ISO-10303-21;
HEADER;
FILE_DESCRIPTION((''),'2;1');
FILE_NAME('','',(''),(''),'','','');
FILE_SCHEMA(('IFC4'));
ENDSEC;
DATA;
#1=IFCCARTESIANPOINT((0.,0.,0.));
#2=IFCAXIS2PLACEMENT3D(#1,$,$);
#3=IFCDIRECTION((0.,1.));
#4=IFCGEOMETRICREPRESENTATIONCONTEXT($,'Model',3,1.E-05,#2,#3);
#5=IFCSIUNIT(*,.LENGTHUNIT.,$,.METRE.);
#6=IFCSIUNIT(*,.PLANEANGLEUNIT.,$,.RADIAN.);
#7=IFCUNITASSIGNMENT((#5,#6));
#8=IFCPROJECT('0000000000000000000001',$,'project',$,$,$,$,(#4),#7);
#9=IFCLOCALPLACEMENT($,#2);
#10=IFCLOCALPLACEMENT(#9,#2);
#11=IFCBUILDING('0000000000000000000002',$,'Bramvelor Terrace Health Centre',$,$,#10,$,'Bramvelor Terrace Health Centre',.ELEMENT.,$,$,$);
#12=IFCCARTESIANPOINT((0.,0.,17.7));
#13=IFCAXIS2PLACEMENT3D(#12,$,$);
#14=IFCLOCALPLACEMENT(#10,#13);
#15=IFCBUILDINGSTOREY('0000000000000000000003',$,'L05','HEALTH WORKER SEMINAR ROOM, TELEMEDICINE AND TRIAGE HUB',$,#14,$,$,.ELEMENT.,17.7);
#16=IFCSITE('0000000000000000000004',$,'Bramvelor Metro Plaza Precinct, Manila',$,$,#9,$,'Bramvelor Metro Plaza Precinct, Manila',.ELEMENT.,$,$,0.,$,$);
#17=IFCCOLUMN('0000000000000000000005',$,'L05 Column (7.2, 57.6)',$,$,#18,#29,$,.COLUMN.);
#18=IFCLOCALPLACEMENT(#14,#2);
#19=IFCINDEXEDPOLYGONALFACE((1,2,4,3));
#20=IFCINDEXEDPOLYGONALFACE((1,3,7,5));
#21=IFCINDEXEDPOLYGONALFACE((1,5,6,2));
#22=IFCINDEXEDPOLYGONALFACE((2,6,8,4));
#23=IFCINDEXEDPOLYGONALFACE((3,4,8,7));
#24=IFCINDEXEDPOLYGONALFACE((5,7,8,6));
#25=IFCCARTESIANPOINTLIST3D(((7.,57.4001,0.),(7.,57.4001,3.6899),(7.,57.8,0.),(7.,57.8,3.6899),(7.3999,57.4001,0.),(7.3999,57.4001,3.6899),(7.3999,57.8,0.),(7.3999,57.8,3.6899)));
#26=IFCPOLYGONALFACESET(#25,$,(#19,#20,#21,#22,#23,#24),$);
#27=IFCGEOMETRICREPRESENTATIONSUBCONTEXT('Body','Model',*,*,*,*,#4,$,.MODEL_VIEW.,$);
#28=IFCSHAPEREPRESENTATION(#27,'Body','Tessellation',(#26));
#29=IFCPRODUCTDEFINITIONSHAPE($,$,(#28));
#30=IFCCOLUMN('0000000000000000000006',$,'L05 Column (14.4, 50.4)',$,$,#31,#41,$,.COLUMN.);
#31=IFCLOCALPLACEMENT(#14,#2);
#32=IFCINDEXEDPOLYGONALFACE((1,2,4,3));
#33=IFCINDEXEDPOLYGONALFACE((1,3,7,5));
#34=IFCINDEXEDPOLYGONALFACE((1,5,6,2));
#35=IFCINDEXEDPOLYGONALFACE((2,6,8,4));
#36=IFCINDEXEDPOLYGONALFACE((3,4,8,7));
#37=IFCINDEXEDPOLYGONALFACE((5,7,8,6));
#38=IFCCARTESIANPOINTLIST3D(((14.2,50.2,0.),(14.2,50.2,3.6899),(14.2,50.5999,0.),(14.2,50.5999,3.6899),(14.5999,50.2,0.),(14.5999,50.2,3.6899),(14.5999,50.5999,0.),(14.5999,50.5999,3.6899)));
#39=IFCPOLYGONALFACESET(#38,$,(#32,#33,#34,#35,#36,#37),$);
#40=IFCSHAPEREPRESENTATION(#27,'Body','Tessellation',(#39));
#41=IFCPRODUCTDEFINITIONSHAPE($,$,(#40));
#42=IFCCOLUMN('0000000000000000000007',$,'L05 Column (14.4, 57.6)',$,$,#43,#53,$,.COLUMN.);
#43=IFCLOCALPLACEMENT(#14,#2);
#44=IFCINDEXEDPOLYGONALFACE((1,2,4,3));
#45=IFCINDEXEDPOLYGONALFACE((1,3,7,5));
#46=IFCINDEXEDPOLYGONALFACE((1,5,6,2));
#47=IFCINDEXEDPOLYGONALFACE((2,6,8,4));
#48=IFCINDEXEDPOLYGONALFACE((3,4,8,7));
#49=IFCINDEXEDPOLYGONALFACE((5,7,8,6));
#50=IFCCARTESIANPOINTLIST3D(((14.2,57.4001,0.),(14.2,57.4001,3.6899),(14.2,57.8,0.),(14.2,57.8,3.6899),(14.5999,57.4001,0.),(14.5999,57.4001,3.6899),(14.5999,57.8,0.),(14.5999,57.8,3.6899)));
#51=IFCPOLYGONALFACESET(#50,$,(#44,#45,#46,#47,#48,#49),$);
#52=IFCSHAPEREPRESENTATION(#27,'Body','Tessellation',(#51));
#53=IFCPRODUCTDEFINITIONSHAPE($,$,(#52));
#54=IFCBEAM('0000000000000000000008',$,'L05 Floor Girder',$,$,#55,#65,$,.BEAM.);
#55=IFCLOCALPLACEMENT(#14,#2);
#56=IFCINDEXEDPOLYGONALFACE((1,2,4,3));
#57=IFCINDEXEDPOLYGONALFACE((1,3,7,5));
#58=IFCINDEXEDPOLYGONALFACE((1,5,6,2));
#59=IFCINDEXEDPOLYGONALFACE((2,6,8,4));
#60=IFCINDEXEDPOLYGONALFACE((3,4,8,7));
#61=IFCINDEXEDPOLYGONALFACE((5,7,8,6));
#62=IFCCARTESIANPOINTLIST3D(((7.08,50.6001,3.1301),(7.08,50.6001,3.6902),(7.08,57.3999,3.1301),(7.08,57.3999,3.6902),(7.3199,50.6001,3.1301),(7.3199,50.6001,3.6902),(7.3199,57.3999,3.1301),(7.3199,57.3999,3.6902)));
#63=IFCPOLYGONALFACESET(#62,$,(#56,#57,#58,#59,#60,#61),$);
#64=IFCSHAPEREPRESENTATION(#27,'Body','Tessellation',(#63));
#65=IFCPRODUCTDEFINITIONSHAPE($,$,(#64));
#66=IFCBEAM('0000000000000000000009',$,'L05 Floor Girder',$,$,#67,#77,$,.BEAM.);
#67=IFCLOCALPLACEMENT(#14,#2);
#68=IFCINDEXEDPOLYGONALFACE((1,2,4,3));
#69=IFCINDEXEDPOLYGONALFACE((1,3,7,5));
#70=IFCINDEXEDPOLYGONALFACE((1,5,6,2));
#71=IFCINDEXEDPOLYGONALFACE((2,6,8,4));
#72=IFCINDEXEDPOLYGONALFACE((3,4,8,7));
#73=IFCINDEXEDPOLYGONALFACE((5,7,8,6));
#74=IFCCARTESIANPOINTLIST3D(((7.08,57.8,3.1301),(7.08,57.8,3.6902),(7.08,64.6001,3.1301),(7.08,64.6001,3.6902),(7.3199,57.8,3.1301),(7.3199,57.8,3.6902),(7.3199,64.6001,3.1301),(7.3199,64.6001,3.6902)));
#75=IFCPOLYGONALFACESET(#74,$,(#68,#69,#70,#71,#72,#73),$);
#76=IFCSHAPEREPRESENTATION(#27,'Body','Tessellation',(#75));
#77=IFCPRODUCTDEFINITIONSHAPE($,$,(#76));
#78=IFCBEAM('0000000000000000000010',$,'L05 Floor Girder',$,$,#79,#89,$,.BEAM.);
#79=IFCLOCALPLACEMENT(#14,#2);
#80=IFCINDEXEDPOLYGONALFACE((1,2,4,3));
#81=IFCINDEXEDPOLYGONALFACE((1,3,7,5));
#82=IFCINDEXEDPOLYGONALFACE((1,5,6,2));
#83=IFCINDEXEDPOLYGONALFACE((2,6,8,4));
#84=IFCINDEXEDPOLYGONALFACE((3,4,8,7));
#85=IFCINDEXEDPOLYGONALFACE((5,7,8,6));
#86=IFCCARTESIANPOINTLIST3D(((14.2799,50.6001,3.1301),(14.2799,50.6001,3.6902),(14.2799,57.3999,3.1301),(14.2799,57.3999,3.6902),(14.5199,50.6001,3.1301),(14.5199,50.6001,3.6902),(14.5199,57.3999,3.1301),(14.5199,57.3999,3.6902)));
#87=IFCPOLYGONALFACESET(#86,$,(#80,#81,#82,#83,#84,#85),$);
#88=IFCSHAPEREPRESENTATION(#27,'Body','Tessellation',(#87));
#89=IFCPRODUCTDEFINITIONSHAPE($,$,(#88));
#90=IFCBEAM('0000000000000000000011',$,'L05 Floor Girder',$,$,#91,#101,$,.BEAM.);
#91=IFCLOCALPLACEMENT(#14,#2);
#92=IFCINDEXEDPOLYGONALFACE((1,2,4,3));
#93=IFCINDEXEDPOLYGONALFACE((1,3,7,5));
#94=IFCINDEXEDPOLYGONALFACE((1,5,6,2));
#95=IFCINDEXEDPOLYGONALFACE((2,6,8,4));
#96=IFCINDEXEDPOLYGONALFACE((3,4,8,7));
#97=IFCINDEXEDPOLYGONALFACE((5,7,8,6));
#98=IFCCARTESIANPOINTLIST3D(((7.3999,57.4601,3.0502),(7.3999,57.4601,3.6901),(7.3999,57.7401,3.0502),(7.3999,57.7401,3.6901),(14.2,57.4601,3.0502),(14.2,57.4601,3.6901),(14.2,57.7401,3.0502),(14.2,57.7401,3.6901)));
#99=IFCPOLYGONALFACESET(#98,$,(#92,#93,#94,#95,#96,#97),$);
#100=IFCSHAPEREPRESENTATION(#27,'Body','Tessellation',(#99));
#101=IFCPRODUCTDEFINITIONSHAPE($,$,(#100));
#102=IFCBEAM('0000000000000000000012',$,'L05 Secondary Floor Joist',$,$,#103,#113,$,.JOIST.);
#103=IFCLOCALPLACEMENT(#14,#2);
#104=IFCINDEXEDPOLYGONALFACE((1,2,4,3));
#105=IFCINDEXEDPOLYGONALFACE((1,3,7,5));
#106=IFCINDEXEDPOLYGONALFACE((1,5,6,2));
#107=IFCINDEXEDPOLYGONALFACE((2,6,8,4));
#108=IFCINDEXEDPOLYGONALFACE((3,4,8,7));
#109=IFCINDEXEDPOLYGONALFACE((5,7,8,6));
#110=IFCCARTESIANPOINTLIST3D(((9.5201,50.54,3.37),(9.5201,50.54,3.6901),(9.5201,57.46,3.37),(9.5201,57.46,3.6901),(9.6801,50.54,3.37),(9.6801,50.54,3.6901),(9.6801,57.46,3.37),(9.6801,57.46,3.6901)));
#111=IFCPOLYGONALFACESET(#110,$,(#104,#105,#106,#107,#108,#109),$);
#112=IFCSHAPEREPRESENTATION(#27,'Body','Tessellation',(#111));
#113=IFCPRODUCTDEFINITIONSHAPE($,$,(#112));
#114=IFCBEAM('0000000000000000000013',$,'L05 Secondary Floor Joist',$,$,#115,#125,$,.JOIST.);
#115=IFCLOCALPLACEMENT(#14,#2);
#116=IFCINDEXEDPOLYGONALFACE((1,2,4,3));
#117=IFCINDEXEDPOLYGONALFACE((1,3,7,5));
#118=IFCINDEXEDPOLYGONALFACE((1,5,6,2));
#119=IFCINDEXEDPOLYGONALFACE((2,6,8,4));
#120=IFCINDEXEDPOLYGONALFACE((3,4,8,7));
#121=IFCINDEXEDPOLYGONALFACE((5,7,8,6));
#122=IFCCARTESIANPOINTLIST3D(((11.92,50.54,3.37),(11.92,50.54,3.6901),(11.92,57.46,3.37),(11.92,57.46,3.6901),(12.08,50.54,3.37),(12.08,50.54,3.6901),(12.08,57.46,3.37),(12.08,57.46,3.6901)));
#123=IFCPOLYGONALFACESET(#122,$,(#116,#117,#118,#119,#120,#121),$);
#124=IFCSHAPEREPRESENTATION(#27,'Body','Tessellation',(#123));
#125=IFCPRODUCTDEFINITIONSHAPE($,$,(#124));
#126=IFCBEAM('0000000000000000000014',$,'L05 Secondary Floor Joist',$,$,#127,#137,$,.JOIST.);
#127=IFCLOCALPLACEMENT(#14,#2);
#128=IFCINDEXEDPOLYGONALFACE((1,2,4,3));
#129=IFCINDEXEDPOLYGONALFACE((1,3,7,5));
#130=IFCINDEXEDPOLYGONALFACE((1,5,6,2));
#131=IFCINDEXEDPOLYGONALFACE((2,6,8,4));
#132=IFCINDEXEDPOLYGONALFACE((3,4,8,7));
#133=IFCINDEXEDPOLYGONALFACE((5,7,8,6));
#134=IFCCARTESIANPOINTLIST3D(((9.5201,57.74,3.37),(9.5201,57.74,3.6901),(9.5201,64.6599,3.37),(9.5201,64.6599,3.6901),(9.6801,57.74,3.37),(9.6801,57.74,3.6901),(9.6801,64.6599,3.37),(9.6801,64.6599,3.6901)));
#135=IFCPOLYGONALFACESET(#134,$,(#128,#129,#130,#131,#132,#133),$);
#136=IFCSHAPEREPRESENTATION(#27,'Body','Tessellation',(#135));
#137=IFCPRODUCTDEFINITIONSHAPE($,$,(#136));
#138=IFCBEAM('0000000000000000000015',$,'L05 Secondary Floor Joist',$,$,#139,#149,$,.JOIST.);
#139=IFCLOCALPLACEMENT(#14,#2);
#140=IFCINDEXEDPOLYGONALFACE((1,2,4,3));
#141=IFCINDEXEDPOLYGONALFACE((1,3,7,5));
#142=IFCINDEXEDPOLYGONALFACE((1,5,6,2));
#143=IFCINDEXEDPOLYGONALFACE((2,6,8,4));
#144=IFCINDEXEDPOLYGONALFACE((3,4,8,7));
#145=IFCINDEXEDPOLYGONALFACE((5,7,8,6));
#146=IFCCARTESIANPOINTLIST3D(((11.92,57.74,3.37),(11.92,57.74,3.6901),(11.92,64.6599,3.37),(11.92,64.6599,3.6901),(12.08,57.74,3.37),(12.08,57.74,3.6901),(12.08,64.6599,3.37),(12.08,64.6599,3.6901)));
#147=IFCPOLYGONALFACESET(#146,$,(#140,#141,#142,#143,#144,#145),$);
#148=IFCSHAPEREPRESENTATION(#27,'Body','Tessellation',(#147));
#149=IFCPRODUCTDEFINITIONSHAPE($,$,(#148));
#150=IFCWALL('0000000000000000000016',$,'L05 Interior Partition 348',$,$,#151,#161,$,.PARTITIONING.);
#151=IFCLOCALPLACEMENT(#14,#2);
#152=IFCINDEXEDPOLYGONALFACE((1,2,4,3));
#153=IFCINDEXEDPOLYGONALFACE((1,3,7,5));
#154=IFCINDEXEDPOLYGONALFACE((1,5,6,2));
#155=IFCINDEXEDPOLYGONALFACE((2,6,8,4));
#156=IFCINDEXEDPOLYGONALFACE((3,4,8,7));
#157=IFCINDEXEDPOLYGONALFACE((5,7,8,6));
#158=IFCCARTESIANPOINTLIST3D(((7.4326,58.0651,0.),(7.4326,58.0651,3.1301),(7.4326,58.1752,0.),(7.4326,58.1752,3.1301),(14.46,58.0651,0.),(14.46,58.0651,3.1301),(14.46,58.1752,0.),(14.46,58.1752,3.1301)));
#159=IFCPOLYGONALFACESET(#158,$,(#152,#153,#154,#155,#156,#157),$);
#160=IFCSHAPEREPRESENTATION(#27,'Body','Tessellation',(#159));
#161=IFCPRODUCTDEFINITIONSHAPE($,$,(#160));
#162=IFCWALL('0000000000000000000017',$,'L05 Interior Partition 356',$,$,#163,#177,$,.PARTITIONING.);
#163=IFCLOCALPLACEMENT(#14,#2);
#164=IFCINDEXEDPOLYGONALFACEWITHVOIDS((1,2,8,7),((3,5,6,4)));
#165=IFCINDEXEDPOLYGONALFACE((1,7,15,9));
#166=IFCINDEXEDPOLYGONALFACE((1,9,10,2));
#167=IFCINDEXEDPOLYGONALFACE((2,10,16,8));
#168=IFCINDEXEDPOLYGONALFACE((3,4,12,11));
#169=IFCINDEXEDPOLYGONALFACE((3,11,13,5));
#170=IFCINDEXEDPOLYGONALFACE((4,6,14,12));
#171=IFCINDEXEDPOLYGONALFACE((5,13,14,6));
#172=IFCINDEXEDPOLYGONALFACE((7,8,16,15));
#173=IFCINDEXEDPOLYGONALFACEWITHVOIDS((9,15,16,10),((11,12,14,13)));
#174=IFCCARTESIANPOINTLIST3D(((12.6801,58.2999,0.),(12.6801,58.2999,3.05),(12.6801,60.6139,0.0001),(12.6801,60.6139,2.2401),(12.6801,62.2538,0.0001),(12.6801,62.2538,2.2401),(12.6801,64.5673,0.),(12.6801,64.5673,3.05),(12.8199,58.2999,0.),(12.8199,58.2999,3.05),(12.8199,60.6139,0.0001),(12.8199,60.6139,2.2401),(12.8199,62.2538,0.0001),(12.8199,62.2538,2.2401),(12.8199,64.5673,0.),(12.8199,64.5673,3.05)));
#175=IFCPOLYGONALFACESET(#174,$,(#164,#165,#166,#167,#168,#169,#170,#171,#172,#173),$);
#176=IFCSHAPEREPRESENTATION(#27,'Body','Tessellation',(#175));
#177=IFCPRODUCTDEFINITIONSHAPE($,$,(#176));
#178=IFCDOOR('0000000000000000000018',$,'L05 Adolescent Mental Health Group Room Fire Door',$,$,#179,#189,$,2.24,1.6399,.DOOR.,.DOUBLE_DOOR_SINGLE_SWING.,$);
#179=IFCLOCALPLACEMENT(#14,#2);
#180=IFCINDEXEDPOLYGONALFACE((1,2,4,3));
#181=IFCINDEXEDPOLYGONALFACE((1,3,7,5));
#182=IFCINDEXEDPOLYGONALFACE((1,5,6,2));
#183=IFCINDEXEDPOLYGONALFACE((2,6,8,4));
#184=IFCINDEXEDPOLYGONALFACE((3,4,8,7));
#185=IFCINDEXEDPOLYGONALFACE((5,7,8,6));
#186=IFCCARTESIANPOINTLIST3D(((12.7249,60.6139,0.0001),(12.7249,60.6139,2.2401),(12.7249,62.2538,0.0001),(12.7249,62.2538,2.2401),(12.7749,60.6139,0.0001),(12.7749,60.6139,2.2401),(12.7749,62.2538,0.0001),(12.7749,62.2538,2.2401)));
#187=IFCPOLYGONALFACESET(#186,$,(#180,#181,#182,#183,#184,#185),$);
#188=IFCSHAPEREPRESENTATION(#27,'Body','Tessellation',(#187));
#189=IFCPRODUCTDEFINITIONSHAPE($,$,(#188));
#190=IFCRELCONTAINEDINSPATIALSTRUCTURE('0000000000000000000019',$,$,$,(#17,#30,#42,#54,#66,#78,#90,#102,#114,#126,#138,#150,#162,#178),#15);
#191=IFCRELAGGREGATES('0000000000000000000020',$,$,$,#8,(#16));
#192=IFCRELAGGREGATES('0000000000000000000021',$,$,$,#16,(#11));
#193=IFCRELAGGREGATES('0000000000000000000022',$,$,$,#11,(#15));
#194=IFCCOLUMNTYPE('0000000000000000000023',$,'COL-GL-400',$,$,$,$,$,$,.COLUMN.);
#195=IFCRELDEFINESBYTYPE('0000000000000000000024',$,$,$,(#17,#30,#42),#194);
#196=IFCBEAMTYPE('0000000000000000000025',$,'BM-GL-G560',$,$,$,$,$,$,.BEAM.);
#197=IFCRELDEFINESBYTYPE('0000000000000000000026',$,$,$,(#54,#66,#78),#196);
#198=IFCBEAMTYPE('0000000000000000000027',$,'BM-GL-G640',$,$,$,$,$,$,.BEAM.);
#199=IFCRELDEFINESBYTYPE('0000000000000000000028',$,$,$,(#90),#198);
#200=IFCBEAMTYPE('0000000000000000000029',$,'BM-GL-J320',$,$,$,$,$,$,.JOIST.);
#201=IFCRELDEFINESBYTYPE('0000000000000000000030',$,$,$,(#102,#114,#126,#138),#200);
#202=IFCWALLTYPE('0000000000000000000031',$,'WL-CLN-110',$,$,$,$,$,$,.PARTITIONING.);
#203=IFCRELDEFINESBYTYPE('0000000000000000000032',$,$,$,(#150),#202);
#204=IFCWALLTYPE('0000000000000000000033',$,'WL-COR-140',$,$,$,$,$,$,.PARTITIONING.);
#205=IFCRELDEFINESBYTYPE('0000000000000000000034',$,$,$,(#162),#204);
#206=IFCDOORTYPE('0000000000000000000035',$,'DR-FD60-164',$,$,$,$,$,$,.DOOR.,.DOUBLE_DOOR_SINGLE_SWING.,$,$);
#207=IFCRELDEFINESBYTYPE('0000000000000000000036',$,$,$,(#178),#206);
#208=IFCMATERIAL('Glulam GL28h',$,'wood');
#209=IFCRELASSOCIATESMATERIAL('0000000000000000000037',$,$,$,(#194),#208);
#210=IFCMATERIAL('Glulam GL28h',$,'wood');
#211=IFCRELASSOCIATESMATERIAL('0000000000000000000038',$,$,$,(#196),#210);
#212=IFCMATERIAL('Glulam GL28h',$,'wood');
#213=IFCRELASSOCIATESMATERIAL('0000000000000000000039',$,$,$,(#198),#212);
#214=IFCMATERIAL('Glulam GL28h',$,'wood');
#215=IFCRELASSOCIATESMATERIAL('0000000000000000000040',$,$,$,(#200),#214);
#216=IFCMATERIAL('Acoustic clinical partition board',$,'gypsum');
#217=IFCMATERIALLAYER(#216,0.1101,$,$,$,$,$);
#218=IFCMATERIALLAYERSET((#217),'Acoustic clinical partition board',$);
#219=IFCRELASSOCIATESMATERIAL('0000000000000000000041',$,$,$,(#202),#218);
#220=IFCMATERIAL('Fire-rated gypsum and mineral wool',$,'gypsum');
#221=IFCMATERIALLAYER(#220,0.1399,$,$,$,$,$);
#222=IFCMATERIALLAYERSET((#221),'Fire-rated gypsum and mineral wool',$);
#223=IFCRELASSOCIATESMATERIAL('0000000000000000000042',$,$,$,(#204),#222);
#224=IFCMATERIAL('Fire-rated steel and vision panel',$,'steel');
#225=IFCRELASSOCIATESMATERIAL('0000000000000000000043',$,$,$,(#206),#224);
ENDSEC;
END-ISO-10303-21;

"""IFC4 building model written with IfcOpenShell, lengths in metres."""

from ifc_helpers import new_model, si_unit, direction, frame, frame_2d, origin, origin_2d, place, context, subcontext, project, spatial, rectangle, extrude, material, layer, layer_set, material_profile, profile_set, type_object, element, fill, save


model = new_model("IFC4")

# Units and contexts
model_context = context("Model", 3, precision=1e-05, world=origin(), true_north=direction((0.0, 1.0)))
body_context = subcontext(model_context, "Body", "Model", "MODEL_VIEW")
ifc_project = project(units=[si_unit("LENGTHUNIT", "METRE"), si_unit("PLANEANGLEUNIT", "RADIAN")], contexts=[model_context])

# Site, building, storey
site_placement = place(None, origin())
site = spatial("IfcSite", under=ifc_project, at=site_placement, Name="Bramvelor Metro Plaza Precinct, Manila", LongName="Bramvelor Metro Plaza Precinct, Manila", CompositionType="ELEMENT", RefElevation=0.0)
building_placement = place(site_placement, origin())
building = spatial("IfcBuilding", under=site, at=building_placement, Name="Bramvelor Terrace Health Centre", LongName="Bramvelor Terrace Health Centre", CompositionType="ELEMENT")
storey_placement = place(building_placement, frame((0.0, 0.0, 17.7)))
storey = spatial("IfcBuildingStorey", under=building, at=storey_placement, Name="L05", Description="HEALTH WORKER SEMINAR ROOM, TELEMEDICINE AND TRIAGE HUB", CompositionType="ELEMENT", Elevation=17.7)

# Columns
ifc_material_1 = material(Name="Glulam GL28h", Category="wood")
ifc_material_profile_1 = material_profile(ifc_material_1, rectangle(XDim=0.3999, YDim=0.3999, at=origin_2d()), Name="GL 400x400")
ifc_profile_set_1 = profile_set([ifc_material_profile_1], Name="Glulam GL28h")
column_type = type_object("IfcColumnType", Name="COL-GL-400", PredefinedType="COLUMN", material=ifc_profile_set_1)
for number, where, z_axis, x_axis, name in (
    (1, (7.2, 57.6001, 0.0), (0.0, 0.0, 1.0), (1.0, 0.0, 0.0), "L05 Column (7.2, 57.6)"),
    (2, (14.3999, 50.3999, 0.0), (0.0, 0.0, 1.0), (1.0, 0.0, 0.0), "L05 Column (14.4, 50.4)"),
    (3, (14.3999, 57.6001, 0.0), (0.0, 0.0, 1.0), (1.0, 0.0, 0.0), "L05 Column (14.4, 57.6)"),
):
    element("IfcColumn", number, at=place(storey_placement, frame(where, z_axis=z_axis, x_axis=x_axis)), inside=storey, type_object=column_type, Name=name, PredefinedType="COLUMN", context=body_context, shape_type="SweptSolid", body=[
        extrude(rectangle(XDim=0.3999, YDim=0.3999, at=origin_2d()), origin(), (0.0, 0.0, 1.0), 3.6899),
    ])

# Beams
ifc_material_2 = material(Name="Glulam GL28h", Category="wood")
ifc_material_profile_2 = material_profile(ifc_material_2, rectangle(XDim=0.24, YDim=0.5601, at=origin_2d()), Name="GL 240x560")
ifc_profile_set_2 = profile_set([ifc_material_profile_2], Name="Glulam GL28h")
beam_type_1 = type_object("IfcBeamType", Name="BM-GL-G560", PredefinedType="BEAM", material=ifc_profile_set_2)
beam_1_placement = place(storey_placement, frame((7.2, 50.6001, 3.4102), z_axis=(0.0, 1.0, 0.0), x_axis=(-1.0, 0.0, 0.0)))
element("IfcBeam", 4, at=beam_1_placement, inside=storey, type_object=beam_type_1, Name="L05 Floor Girder", PredefinedType="BEAM", context=body_context, shape_type="SweptSolid", body=[
    extrude(rectangle(XDim=0.24, YDim=0.5601, at=origin_2d()), origin(), (0.0, 0.0, 1.0), 6.7998),
])
beam_2_placement = place(storey_placement, frame((7.2, 57.8, 3.4102), z_axis=(0.0, 1.0, 0.0), x_axis=(-1.0, 0.0, 0.0)))
element("IfcBeam", 5, at=beam_2_placement, inside=storey, type_object=beam_type_1, Name="L05 Floor Girder", PredefinedType="BEAM", context=body_context, shape_type="SweptSolid", body=[
    extrude(rectangle(XDim=0.24, YDim=0.5601, at=origin_2d()), origin(), (0.0, 0.0, 1.0), 6.8),
])
beam_3_placement = place(storey_placement, frame((14.3999, 50.6001, 3.4102), z_axis=(0.0, 1.0, 0.0), x_axis=(-1.0, 0.0, 0.0)))
element("IfcBeam", 6, at=beam_3_placement, inside=storey, type_object=beam_type_1, Name="L05 Floor Girder", PredefinedType="BEAM", context=body_context, shape_type="SweptSolid", body=[
    extrude(rectangle(XDim=0.24, YDim=0.5601, at=origin_2d()), origin(), (0.0, 0.0, 1.0), 6.7998),
])
ifc_material_3 = material(Name="Glulam GL28h", Category="wood")
ifc_material_profile_3 = material_profile(ifc_material_3, rectangle(XDim=0.28, YDim=0.6399, at=origin_2d()), Name="GL 280x640")
ifc_profile_set_3 = profile_set([ifc_material_profile_3], Name="Glulam GL28h")
beam_type_2 = type_object("IfcBeamType", Name="BM-GL-G640", PredefinedType="BEAM", material=ifc_profile_set_3)
beam_4_placement = place(storey_placement, frame((7.3999, 57.6001, 3.3701), z_axis=(1.0, 0.0, 0.0), x_axis=(0.0, 1.0, 0.0)))
element("IfcBeam", 7, at=beam_4_placement, inside=storey, type_object=beam_type_2, Name="L05 Floor Girder", PredefinedType="BEAM", context=body_context, shape_type="SweptSolid", body=[
    extrude(rectangle(XDim=0.28, YDim=0.6399, at=origin_2d()), origin(), (0.0, 0.0, 1.0), 6.8),
])
ifc_material_4 = material(Name="Glulam GL28h", Category="wood")
ifc_material_profile_4 = material_profile(ifc_material_4, rectangle(XDim=0.1599, YDim=0.3201, at=origin_2d()), Name="GL 160x320")
ifc_profile_set_4 = profile_set([ifc_material_profile_4], Name="Glulam GL28h")
beam_type_3 = type_object("IfcBeamType", Name="BM-GL-J320", PredefinedType="JOIST", material=ifc_profile_set_4)
for number, where, z_axis, x_axis, name in (
    (8, (9.6001, 50.54, 3.53), (0.0, 1.0, 0.0), (-1.0, 0.0, 0.0), "L05 Secondary Floor Joist"),
    (9, (12.0, 50.54, 3.53), (0.0, 1.0, 0.0), (-1.0, 0.0, 0.0), "L05 Secondary Floor Joist"),
    (10, (9.6001, 57.74, 3.53), (0.0, 1.0, 0.0), (-1.0, 0.0, 0.0), "L05 Secondary Floor Joist"),
    (11, (12.0, 57.74, 3.53), (0.0, 1.0, 0.0), (-1.0, 0.0, 0.0), "L05 Secondary Floor Joist"),
):
    element("IfcBeam", number, at=place(storey_placement, frame(where, z_axis=z_axis, x_axis=x_axis)), inside=storey, type_object=beam_type_3, Name=name, PredefinedType="JOIST", context=body_context, shape_type="SweptSolid", body=[
        extrude(rectangle(XDim=0.1599, YDim=0.3201, at=origin_2d()), origin(), (0.0, 0.0, 1.0), 6.9199),
    ])

# Wall
ifc_material_5 = material(Name="Acoustic clinical partition board", Category="gypsum")
ifc_layer_1 = layer(ifc_material_5, 0.1101)
ifc_layer_set_1 = layer_set([ifc_layer_1], Name="Acoustic clinical partition board")
wall_type_1 = type_object("IfcWallType", Name="WL-CLN-110", PredefinedType="PARTITIONING", material=ifc_layer_set_1)
wall_1_placement = place(storey_placement, frame((7.4326, 58.1201, 0.0), z_axis=(0.0, 0.0, 1.0), x_axis=(1.0, 0.0, 0.0)))
element("IfcWall", 12, at=wall_1_placement, inside=storey, type_object=wall_type_1, Name="L05 Interior Partition 348", PredefinedType="PARTITIONING", context=body_context, shape_type="SweptSolid", body=[
    extrude(rectangle(XDim=7.0273, YDim=0.1101, at=frame_2d((3.5137, 0.0))), origin(), (0.0, 0.0, 1.0), 3.1301),
])

# Wall, opening, door
ifc_material_6 = material(Name="Fire-rated gypsum and mineral wool", Category="gypsum")
ifc_layer_2 = layer(ifc_material_6, 0.1399)
ifc_layer_set_2 = layer_set([ifc_layer_2], Name="Fire-rated gypsum and mineral wool")
wall_type_2 = type_object("IfcWallType", Name="WL-COR-140", PredefinedType="PARTITIONING", material=ifc_layer_set_2)
wall_2_placement = place(storey_placement, frame((12.75, 64.5674, 0.0), z_axis=(0.0, 0.0, 1.0), x_axis=(0.0, -1.0, 0.0)))
wall_2 = element("IfcWall", 13, at=wall_2_placement, inside=storey, type_object=wall_type_2, Name="L05 Interior Partition 356", PredefinedType="PARTITIONING", context=body_context, shape_type="SweptSolid", body=[
    extrude(rectangle(XDim=6.2673, YDim=0.1399, at=frame_2d((3.1338, 0.0))), origin(), (0.0, 0.0, 1.0), 3.05),
])
opening_1_placement = place(wall_2_placement, frame((2.3137, 0.0, 0.0)))
opening_1 = element("IfcOpeningElement", 14, at=opening_1_placement, cuts=wall_2, PredefinedType="OPENING", context=body_context, shape_type="SweptSolid", body=[
    extrude(rectangle(XDim=1.6399, YDim=2.24, at=frame_2d((0.8198, 1.1201))), frame((0.0, 0.0798, 0.0), z_axis=(0.0, -1.0, 0.0), x_axis=(1.0, 0.0, 0.0)), (0.0, 0.0, 1.0), 0.1599),
])
ifc_material_7 = material(Name="Fire-rated steel and vision panel", Category="steel")
door_type = type_object("IfcDoorType", Name="DR-FD60-164", OperationType="DOUBLE_DOOR_SINGLE_SWING", PredefinedType="DOOR", material=ifc_material_7)
door_placement = place(opening_1_placement, origin())
door = element("IfcDoor", 15, at=door_placement, inside=storey, type_object=door_type, Name="L05 Adolescent Mental Health Group Room Fire Door", OperationType="DOUBLE_DOOR_SINGLE_SWING", OverallHeight=2.24, OverallWidth=1.6399, PredefinedType="DOOR", context=body_context, shape_type="SweptSolid", body=[
    extrude(rectangle(XDim=1.6399, YDim=2.24, at=frame_2d((0.8198, 1.1201))), frame((0.0, 0.0249, 0.0), z_axis=(0.0, -1.0, 0.0), x_axis=(1.0, 0.0, 0.0)), (0.0, 0.0, 1.0), 0.05),
])
fill(opening_1, door)

save(model, "model.ifc")
